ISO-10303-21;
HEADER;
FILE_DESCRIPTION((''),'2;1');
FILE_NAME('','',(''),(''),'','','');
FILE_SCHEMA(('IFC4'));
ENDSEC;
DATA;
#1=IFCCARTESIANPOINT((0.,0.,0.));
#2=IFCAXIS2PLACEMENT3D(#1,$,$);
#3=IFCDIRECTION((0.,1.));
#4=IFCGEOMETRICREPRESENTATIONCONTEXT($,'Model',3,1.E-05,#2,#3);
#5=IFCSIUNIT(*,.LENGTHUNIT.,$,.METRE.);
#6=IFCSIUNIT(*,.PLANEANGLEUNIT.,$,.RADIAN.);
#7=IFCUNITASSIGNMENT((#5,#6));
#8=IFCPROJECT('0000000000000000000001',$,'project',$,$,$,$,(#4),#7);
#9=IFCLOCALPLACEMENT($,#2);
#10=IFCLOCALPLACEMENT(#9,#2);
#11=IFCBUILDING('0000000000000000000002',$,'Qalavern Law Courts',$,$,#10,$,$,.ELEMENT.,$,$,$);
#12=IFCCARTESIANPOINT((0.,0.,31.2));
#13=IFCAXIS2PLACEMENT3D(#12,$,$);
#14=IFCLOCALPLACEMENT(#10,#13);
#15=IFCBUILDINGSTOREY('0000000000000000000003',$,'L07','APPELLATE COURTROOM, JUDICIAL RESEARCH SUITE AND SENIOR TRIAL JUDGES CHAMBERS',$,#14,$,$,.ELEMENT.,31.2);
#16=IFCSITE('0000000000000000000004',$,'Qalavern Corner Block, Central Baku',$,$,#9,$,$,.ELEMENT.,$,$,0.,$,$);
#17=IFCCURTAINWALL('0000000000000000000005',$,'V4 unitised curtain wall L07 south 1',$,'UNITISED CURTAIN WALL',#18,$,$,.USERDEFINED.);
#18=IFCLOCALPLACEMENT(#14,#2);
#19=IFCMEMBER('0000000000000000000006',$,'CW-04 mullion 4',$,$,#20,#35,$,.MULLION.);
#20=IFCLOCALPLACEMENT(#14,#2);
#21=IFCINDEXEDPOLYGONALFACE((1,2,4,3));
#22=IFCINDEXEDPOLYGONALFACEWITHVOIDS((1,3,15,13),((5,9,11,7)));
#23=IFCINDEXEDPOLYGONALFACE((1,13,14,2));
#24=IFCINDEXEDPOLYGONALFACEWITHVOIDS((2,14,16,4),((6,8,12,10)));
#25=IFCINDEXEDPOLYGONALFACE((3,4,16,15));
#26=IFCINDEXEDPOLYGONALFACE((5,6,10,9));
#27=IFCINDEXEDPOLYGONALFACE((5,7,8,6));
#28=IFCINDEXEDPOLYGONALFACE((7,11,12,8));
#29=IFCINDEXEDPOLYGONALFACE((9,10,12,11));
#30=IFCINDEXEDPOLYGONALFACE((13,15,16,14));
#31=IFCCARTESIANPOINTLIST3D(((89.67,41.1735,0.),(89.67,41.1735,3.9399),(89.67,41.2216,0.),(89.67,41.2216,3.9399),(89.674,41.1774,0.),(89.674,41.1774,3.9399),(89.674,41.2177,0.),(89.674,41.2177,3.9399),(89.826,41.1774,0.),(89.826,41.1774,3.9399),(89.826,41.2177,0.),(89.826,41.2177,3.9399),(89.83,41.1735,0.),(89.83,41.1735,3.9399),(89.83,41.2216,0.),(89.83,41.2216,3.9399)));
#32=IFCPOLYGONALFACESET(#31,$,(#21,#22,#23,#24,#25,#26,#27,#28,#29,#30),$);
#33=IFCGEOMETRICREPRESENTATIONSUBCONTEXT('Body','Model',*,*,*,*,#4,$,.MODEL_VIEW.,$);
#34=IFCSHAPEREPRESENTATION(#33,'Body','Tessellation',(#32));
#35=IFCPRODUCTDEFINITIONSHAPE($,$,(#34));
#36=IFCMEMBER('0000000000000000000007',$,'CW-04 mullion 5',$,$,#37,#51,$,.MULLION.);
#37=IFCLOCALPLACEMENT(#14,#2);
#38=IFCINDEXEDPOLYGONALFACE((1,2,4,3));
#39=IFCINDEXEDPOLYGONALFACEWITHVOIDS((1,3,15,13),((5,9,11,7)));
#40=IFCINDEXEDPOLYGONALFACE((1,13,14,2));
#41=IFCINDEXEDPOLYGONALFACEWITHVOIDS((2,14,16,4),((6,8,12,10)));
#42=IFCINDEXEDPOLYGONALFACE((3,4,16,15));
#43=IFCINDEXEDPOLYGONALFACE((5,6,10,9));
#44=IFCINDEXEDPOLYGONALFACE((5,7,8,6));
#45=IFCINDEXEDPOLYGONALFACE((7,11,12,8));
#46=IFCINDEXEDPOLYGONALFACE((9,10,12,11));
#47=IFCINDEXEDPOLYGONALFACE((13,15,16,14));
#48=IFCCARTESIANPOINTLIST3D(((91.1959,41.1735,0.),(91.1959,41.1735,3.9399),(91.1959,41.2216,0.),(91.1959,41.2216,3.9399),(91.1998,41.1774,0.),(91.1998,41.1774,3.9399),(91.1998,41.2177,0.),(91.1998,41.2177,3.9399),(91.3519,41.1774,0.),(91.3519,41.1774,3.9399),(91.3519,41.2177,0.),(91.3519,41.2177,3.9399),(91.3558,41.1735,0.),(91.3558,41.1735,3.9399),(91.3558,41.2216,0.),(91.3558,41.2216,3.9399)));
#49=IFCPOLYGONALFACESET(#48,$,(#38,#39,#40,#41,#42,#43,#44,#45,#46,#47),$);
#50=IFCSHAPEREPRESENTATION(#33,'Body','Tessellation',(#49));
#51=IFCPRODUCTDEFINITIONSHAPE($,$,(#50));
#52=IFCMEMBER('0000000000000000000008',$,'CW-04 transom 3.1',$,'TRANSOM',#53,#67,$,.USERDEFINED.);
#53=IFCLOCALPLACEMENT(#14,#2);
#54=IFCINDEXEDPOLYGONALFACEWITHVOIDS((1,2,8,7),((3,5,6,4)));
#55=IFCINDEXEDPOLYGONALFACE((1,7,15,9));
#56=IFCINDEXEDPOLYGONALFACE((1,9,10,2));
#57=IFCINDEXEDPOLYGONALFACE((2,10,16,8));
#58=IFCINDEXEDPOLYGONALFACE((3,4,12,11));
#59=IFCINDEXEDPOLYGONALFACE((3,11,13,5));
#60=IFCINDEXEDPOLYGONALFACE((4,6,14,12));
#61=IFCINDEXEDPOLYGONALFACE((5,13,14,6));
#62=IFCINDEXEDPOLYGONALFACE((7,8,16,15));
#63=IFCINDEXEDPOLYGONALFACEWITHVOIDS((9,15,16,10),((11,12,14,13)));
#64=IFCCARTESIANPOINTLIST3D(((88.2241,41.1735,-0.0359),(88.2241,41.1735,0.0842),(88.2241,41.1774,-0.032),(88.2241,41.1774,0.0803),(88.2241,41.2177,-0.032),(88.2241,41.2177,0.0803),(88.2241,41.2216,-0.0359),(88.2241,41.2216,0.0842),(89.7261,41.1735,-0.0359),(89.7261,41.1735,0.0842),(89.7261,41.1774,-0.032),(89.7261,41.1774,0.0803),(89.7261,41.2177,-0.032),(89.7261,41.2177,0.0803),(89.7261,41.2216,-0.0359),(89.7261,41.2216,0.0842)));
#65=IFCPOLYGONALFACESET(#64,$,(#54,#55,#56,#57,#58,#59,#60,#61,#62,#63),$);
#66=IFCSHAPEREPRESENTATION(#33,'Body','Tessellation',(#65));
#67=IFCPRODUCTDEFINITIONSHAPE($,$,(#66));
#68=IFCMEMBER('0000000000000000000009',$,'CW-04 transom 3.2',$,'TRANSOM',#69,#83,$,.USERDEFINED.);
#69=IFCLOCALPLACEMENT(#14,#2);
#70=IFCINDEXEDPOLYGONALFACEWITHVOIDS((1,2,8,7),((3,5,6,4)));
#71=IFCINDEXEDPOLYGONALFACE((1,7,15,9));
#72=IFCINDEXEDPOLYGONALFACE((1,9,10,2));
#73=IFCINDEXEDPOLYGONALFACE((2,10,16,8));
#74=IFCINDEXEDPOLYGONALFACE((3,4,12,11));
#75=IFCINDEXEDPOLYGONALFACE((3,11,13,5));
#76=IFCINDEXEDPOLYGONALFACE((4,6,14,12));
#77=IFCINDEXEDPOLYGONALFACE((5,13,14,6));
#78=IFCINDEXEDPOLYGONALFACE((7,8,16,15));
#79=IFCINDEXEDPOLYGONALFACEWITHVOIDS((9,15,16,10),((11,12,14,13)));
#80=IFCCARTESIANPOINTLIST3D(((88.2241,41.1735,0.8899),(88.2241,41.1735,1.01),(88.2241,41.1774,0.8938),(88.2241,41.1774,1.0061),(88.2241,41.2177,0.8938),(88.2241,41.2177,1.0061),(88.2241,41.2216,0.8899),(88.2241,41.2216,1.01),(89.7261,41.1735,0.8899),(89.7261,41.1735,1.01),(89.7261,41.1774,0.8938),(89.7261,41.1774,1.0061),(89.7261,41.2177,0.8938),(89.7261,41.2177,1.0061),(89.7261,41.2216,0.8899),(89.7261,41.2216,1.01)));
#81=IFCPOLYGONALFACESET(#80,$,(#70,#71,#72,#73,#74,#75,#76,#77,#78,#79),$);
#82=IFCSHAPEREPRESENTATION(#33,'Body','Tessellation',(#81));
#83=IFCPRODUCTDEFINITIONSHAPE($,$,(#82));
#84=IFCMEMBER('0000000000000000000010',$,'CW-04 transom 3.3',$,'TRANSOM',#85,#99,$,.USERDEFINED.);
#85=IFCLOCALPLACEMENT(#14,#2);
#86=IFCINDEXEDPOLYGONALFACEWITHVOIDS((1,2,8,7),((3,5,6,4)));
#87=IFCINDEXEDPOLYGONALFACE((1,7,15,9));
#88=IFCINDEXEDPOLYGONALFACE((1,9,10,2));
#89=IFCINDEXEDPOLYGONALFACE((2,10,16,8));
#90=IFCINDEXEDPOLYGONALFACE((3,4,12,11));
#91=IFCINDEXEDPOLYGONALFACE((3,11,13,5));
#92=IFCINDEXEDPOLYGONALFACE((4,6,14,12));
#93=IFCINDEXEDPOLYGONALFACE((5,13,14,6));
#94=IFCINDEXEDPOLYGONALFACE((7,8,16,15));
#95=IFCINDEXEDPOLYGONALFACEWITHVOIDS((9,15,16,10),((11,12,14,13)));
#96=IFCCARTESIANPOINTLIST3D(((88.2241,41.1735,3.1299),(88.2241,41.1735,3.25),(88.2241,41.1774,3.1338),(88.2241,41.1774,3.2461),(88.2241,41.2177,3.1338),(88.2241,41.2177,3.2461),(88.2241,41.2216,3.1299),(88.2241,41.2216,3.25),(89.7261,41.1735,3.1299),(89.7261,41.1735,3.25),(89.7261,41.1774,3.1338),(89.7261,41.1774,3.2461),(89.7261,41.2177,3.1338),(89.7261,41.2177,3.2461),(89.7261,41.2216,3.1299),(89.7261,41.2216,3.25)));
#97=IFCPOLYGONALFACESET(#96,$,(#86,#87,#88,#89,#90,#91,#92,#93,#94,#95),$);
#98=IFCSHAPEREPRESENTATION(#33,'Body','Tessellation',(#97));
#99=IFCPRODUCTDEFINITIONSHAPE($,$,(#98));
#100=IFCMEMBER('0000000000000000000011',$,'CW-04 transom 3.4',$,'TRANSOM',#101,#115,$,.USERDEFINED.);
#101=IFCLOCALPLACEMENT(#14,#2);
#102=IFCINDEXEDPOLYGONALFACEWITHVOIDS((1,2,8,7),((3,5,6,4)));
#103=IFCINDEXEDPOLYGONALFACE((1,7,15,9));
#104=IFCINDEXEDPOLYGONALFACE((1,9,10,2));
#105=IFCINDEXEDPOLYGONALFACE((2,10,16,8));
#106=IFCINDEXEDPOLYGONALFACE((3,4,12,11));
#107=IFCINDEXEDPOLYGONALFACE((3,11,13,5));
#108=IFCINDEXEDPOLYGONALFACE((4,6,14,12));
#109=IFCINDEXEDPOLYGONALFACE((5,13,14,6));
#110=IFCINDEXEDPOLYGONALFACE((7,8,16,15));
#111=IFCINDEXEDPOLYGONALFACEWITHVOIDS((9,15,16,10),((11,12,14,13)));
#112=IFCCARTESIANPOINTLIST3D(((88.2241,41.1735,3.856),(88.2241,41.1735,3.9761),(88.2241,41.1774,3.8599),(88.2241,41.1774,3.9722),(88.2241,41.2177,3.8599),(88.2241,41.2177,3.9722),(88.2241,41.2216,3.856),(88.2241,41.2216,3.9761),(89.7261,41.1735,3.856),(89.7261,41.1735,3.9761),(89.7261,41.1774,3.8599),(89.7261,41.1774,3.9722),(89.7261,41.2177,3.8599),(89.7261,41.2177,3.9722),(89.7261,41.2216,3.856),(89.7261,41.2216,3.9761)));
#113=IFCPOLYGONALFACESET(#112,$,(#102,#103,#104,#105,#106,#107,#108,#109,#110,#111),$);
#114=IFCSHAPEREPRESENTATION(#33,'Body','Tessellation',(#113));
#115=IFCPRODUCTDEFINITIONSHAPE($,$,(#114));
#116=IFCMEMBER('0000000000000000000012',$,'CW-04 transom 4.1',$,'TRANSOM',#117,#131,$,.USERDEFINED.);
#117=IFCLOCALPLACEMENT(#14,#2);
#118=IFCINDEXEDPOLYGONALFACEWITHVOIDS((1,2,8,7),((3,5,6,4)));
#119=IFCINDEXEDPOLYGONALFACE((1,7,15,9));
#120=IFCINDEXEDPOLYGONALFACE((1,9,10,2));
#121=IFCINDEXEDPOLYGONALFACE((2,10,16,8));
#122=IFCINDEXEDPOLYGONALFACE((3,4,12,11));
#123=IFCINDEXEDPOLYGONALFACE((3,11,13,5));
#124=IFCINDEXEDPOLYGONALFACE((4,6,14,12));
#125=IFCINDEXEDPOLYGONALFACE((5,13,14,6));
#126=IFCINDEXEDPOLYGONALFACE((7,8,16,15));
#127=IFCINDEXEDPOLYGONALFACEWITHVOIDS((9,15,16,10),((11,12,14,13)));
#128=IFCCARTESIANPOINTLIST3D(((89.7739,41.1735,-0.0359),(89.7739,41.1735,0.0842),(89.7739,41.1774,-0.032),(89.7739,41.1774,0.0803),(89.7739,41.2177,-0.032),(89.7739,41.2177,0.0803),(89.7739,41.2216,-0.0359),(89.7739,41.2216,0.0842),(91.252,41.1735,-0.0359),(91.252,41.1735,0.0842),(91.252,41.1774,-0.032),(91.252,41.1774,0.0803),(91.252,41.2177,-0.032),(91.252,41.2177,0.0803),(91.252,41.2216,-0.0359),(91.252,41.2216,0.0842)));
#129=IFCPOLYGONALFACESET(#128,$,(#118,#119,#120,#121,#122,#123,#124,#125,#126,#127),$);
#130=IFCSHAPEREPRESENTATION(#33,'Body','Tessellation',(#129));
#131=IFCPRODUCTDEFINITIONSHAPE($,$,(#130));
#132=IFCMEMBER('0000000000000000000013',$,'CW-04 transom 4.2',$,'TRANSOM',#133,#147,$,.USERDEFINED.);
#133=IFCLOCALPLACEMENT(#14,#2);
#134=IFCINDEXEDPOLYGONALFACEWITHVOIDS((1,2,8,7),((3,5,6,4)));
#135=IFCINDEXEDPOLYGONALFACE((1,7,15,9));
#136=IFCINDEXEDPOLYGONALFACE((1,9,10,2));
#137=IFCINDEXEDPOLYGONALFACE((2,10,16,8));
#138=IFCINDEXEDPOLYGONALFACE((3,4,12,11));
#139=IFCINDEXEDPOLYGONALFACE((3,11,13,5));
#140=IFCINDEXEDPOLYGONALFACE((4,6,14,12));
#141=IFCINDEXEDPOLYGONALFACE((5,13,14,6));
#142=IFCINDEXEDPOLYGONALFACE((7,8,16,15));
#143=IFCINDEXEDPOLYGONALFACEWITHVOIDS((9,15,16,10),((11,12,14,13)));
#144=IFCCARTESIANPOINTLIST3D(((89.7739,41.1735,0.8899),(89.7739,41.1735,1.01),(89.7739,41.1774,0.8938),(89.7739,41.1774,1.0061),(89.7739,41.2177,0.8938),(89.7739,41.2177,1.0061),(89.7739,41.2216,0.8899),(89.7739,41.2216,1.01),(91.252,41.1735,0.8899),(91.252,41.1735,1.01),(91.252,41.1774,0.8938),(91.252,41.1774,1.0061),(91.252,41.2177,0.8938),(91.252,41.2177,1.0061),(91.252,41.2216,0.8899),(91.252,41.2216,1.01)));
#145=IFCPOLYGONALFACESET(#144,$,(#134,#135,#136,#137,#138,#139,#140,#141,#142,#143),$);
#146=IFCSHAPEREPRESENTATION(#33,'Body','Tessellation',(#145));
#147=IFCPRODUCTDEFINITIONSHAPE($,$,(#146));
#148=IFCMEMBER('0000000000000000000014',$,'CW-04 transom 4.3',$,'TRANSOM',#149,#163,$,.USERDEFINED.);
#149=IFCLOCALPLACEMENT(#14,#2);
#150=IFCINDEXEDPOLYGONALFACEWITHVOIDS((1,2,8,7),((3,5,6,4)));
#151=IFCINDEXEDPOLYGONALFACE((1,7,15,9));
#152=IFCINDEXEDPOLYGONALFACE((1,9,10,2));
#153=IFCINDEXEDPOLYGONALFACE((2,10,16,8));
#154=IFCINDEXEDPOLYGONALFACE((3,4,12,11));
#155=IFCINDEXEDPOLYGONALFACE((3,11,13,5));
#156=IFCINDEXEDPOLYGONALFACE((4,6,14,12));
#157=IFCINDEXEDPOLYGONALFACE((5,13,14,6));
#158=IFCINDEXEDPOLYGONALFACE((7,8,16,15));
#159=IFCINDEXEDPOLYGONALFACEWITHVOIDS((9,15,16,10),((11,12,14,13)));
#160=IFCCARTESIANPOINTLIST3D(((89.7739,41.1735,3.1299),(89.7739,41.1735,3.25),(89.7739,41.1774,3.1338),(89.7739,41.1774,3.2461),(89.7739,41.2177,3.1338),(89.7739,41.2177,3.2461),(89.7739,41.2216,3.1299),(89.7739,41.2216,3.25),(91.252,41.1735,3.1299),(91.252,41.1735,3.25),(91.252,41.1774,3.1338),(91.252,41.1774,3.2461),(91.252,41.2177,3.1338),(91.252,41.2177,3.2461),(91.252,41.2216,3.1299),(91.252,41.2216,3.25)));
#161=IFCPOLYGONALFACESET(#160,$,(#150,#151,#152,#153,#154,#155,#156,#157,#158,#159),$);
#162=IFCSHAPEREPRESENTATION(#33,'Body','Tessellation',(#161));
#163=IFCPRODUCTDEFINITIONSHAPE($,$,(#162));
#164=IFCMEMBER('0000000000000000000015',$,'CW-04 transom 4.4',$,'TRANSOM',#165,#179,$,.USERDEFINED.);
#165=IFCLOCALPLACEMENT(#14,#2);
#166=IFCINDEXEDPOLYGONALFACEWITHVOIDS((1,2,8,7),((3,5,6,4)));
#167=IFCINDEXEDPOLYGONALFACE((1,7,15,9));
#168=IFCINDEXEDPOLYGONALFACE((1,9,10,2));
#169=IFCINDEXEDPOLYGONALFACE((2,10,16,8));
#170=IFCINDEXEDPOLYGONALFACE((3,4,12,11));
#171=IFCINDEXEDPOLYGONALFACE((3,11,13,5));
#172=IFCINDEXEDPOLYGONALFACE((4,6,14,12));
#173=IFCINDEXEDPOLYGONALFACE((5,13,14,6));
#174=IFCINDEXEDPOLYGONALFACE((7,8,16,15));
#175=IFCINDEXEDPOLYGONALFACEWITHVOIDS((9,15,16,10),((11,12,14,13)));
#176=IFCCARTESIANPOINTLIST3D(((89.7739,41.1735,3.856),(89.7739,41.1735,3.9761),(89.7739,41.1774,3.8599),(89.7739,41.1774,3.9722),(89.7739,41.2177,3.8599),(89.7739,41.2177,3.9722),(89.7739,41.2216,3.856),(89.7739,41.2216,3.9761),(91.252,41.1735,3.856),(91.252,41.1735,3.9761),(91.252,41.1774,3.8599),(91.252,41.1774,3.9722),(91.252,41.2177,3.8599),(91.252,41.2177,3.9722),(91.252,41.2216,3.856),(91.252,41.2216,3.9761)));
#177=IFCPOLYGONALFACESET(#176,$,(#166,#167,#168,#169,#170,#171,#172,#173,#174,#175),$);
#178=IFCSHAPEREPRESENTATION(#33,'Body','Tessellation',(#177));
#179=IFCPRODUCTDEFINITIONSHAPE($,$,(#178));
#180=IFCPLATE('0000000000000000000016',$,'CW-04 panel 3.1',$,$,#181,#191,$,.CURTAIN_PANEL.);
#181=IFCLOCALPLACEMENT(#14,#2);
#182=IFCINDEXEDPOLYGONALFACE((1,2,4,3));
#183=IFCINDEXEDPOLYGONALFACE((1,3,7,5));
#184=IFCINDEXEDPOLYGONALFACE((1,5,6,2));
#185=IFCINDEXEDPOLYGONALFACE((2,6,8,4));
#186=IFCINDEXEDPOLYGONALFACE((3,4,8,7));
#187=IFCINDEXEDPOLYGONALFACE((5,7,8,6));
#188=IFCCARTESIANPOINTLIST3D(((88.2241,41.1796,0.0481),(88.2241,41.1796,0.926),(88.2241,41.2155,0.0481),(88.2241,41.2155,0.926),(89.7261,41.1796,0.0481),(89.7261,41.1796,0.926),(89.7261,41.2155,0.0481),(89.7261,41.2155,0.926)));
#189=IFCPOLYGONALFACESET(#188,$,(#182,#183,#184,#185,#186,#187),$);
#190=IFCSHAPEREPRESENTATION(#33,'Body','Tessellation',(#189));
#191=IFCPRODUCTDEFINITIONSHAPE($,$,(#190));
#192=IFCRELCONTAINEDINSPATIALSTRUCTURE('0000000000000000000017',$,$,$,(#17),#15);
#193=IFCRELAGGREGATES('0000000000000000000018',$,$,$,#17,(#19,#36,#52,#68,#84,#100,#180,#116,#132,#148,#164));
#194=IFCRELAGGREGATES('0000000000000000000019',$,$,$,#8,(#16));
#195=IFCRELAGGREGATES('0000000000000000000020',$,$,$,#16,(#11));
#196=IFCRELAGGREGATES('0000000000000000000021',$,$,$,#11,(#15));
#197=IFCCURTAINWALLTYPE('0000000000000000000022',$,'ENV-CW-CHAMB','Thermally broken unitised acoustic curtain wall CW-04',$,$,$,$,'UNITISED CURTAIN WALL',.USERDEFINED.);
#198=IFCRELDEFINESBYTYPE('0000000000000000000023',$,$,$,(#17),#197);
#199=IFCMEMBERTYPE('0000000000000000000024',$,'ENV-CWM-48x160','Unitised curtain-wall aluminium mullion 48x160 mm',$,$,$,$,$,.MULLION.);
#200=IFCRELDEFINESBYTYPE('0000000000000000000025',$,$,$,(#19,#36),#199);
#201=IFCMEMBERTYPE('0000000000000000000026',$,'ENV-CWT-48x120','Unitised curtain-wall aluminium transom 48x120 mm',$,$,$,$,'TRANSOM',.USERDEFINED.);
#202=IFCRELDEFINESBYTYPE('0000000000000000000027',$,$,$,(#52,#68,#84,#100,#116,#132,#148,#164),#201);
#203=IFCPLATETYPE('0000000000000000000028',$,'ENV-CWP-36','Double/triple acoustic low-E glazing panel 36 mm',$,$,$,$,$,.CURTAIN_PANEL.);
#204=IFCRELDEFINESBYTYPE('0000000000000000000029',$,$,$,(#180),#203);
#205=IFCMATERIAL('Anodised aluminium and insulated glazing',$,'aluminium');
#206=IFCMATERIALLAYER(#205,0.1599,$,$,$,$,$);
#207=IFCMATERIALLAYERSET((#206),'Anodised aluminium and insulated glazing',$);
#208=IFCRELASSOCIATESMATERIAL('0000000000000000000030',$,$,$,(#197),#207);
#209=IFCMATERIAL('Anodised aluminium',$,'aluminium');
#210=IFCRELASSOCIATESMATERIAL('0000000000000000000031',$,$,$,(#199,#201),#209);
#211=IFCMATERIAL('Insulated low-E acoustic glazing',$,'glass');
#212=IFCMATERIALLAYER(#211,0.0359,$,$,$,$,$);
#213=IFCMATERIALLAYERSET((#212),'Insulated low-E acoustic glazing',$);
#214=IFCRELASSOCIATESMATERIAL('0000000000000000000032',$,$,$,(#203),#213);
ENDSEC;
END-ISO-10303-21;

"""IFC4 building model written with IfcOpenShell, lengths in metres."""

from ifc_helpers import new_model, si_unit, direction, frame, origin, origin_2d, place, context, subcontext, project, spatial, rectangle, hollow_rectangle, extrude, material, layer, layer_set, material_profile, profile_set, type_object, element, aggregate, save


model = new_model("IFC4")

# Units and contexts
model_context = context("Model", 3, precision=1e-05, world=origin(), true_north=direction((0.0, 1.0)))
body_context = subcontext(model_context, "Body", "Model", "MODEL_VIEW")
ifc_project = project(units=[si_unit("LENGTHUNIT", "METRE"), si_unit("PLANEANGLEUNIT", "RADIAN")], contexts=[model_context])

# Site, building, storey
site_placement = place(None, origin())
site = spatial("IfcSite", under=ifc_project, at=site_placement, Name="Qalavern Corner Block, Central Baku", CompositionType="ELEMENT", RefElevation=0.0)
building_placement = place(site_placement, origin())
building = spatial("IfcBuilding", under=site, at=building_placement, Name="Qalavern Law Courts", CompositionType="ELEMENT")
storey_placement = place(building_placement, frame((0.0, 0.0, 31.2)))
storey = spatial("IfcBuildingStorey", under=building, at=storey_placement, Name="L07", Description="APPELLATE COURTROOM, JUDICIAL RESEARCH SUITE AND SENIOR TRIAL JUDGES CHAMBERS", CompositionType="ELEMENT", Elevation=31.2)

# Curtain wall, members, plate
ifc_material_1 = material(Name="Anodised aluminium and insulated glazing", Category="aluminium")
ifc_layer_1 = layer(ifc_material_1, 0.1599)
ifc_layer_set_1 = layer_set([ifc_layer_1], Name="Anodised aluminium and insulated glazing")
curtain_wall_type = type_object("IfcCurtainWallType", Name="ENV-CW-CHAMB", Description="Thermally broken unitised acoustic curtain wall CW-04", ElementType="UNITISED CURTAIN WALL", PredefinedType="USERDEFINED", material=ifc_layer_set_1)
curtain_wall_placement = place(storey_placement, origin())
curtain_wall = element("IfcCurtainWall", 1, at=curtain_wall_placement, inside=storey, type_object=curtain_wall_type, Name="V4 unitised curtain wall L07 south 1", ObjectType="UNITISED CURTAIN WALL", PredefinedType="USERDEFINED")
ifc_material_2 = material(Name="Anodised aluminium", Category="aluminium")
ifc_material_profile_1 = material_profile(ifc_material_2, hollow_rectangle(XDim=0.0481, YDim=0.1599, WallThickness=0.0039, at=origin_2d()), Name="ALU MULLION 48x160")
ifc_profile_set_1 = profile_set([ifc_material_profile_1], Name="Anodised aluminium")
member_type_1 = type_object("IfcMemberType", Name="ENV-CWM-48x160", Description="Unitised curtain-wall aluminium mullion 48x160 mm", PredefinedType="MULLION", material=ifc_profile_set_1)
member_1_placement = place(storey_placement, frame((89.75, 41.1975, 0.0), z_axis=(0.0, 0.0, 1.0), x_axis=(0.0, 1.0, 0.0)))
member_1 = element("IfcMember", 2, at=member_1_placement, type_object=member_type_1, Name="CW-04 mullion 4", PredefinedType="MULLION", context=body_context, shape_type="SweptSolid", body=[
    extrude(hollow_rectangle(XDim=0.0481, YDim=0.1599, WallThickness=0.0039, at=origin_2d()), origin(), (0.0, 0.0, 1.0), 3.9399),
])
member_2_placement = place(storey_placement, frame((91.2759, 41.1975, 0.0), z_axis=(0.0, 0.0, 1.0), x_axis=(0.0, 1.0, 0.0)))
member_2 = element("IfcMember", 3, at=member_2_placement, type_object=member_type_1, Name="CW-04 mullion 5", PredefinedType="MULLION", context=body_context, shape_type="SweptSolid", body=[
    extrude(hollow_rectangle(XDim=0.0481, YDim=0.1599, WallThickness=0.0039, at=origin_2d()), origin(), (0.0, 0.0, 1.0), 3.9399),
])
ifc_material_profile_2 = material_profile(ifc_material_2, hollow_rectangle(XDim=0.0481, YDim=0.1201, WallThickness=0.0039, at=origin_2d()), Name="ALU TRANSOM 48x120")
ifc_profile_set_2 = profile_set([ifc_material_profile_2], Name="Anodised aluminium")
member_type_2 = type_object("IfcMemberType", Name="ENV-CWT-48x120", Description="Unitised curtain-wall aluminium transom 48x120 mm", ElementType="TRANSOM", PredefinedType="USERDEFINED", material=ifc_profile_set_2)
member_3_placement = place(storey_placement, frame((88.2241, 41.1975, 0.0242), z_axis=(1.0, 0.0, 0.0), x_axis=(0.0, 1.0, 0.0)))
member_3 = element("IfcMember", 4, at=member_3_placement, type_object=member_type_2, Name="CW-04 transom 3.1", ObjectType="TRANSOM", PredefinedType="USERDEFINED", context=body_context, shape_type="SweptSolid", body=[
    extrude(hollow_rectangle(XDim=0.0481, YDim=0.1201, WallThickness=0.0039, at=origin_2d()), origin(), (0.0, 0.0, 1.0), 1.502),
])
member_4_placement = place(storey_placement, frame((88.2241, 41.1975, 0.95), z_axis=(1.0, 0.0, 0.0), x_axis=(0.0, 1.0, 0.0)))
member_4 = element("IfcMember", 5, at=member_4_placement, type_object=member_type_2, Name="CW-04 transom 3.2", ObjectType="TRANSOM", PredefinedType="USERDEFINED", context=body_context, shape_type="SweptSolid", body=[
    extrude(hollow_rectangle(XDim=0.0481, YDim=0.1201, WallThickness=0.0039, at=origin_2d()), origin(), (0.0, 0.0, 1.0), 1.502),
])
member_5_placement = place(storey_placement, frame((88.2241, 41.1975, 3.1899), z_axis=(1.0, 0.0, 0.0), x_axis=(0.0, 1.0, 0.0)))
member_5 = element("IfcMember", 6, at=member_5_placement, type_object=member_type_2, Name="CW-04 transom 3.3", ObjectType="TRANSOM", PredefinedType="USERDEFINED", context=body_context, shape_type="SweptSolid", body=[
    extrude(hollow_rectangle(XDim=0.0481, YDim=0.1201, WallThickness=0.0039, at=origin_2d()), origin(), (0.0, 0.0, 1.0), 1.502),
])
member_6_placement = place(storey_placement, frame((88.2241, 41.1975, 3.916), z_axis=(1.0, 0.0, 0.0), x_axis=(0.0, 1.0, 0.0)))
member_6 = element("IfcMember", 7, at=member_6_placement, type_object=member_type_2, Name="CW-04 transom 3.4", ObjectType="TRANSOM", PredefinedType="USERDEFINED", context=body_context, shape_type="SweptSolid", body=[
    extrude(hollow_rectangle(XDim=0.0481, YDim=0.1201, WallThickness=0.0039, at=origin_2d()), origin(), (0.0, 0.0, 1.0), 1.502),
])
member_7_placement = place(storey_placement, frame((89.7739, 41.1975, 0.0242), z_axis=(1.0, 0.0, 0.0), x_axis=(0.0, 1.0, 0.0)))
member_7 = element("IfcMember", 8, at=member_7_placement, type_object=member_type_2, Name="CW-04 transom 4.1", ObjectType="TRANSOM", PredefinedType="USERDEFINED", context=body_context, shape_type="SweptSolid", body=[
    extrude(hollow_rectangle(XDim=0.0481, YDim=0.1201, WallThickness=0.0039, at=origin_2d()), origin(), (0.0, 0.0, 1.0), 1.478),
])
member_8_placement = place(storey_placement, frame((89.7739, 41.1975, 0.95), z_axis=(1.0, 0.0, 0.0), x_axis=(0.0, 1.0, 0.0)))
member_8 = element("IfcMember", 9, at=member_8_placement, type_object=member_type_2, Name="CW-04 transom 4.2", ObjectType="TRANSOM", PredefinedType="USERDEFINED", context=body_context, shape_type="SweptSolid", body=[
    extrude(hollow_rectangle(XDim=0.0481, YDim=0.1201, WallThickness=0.0039, at=origin_2d()), origin(), (0.0, 0.0, 1.0), 1.478),
])
member_9_placement = place(storey_placement, frame((89.7739, 41.1975, 3.1899), z_axis=(1.0, 0.0, 0.0), x_axis=(0.0, 1.0, 0.0)))
member_9 = element("IfcMember", 10, at=member_9_placement, type_object=member_type_2, Name="CW-04 transom 4.3", ObjectType="TRANSOM", PredefinedType="USERDEFINED", context=body_context, shape_type="SweptSolid", body=[
    extrude(hollow_rectangle(XDim=0.0481, YDim=0.1201, WallThickness=0.0039, at=origin_2d()), origin(), (0.0, 0.0, 1.0), 1.478),
])
member_10_placement = place(storey_placement, frame((89.7739, 41.1975, 3.916), z_axis=(1.0, 0.0, 0.0), x_axis=(0.0, 1.0, 0.0)))
member_10 = element("IfcMember", 11, at=member_10_placement, type_object=member_type_2, Name="CW-04 transom 4.4", ObjectType="TRANSOM", PredefinedType="USERDEFINED", context=body_context, shape_type="SweptSolid", body=[
    extrude(hollow_rectangle(XDim=0.0481, YDim=0.1201, WallThickness=0.0039, at=origin_2d()), origin(), (0.0, 0.0, 1.0), 1.478),
])
ifc_material_3 = material(Name="Insulated low-E acoustic glazing", Category="glass")
ifc_layer_2 = layer(ifc_material_3, 0.0359)
ifc_layer_set_2 = layer_set([ifc_layer_2], Name="Insulated low-E acoustic glazing")
plate_type = type_object("IfcPlateType", Name="ENV-CWP-36", Description="Double/triple acoustic low-E glazing panel 36 mm", PredefinedType="CURTAIN_PANEL", material=ifc_layer_set_2)
plate_1_placement = place(storey_placement, frame((88.9751, 41.1975, 0.0481), z_axis=(0.0, 0.0, 1.0), x_axis=(1.0, 0.0, 0.0)))
plate_1 = element("IfcPlate", 12, at=plate_1_placement, type_object=plate_type, Name="CW-04 panel 3.1", PredefinedType="CURTAIN_PANEL", context=body_context, shape_type="SweptSolid", body=[
    extrude(rectangle(XDim=1.502, YDim=0.0359, at=origin_2d()), origin(), (0.0, 0.0, 1.0), 0.8779),
])
aggregate(curtain_wall, [member_1, member_2, member_3, member_4, member_5, member_6, plate_1, member_7, member_8, member_9, member_10])

save(model, "model.ifc")
